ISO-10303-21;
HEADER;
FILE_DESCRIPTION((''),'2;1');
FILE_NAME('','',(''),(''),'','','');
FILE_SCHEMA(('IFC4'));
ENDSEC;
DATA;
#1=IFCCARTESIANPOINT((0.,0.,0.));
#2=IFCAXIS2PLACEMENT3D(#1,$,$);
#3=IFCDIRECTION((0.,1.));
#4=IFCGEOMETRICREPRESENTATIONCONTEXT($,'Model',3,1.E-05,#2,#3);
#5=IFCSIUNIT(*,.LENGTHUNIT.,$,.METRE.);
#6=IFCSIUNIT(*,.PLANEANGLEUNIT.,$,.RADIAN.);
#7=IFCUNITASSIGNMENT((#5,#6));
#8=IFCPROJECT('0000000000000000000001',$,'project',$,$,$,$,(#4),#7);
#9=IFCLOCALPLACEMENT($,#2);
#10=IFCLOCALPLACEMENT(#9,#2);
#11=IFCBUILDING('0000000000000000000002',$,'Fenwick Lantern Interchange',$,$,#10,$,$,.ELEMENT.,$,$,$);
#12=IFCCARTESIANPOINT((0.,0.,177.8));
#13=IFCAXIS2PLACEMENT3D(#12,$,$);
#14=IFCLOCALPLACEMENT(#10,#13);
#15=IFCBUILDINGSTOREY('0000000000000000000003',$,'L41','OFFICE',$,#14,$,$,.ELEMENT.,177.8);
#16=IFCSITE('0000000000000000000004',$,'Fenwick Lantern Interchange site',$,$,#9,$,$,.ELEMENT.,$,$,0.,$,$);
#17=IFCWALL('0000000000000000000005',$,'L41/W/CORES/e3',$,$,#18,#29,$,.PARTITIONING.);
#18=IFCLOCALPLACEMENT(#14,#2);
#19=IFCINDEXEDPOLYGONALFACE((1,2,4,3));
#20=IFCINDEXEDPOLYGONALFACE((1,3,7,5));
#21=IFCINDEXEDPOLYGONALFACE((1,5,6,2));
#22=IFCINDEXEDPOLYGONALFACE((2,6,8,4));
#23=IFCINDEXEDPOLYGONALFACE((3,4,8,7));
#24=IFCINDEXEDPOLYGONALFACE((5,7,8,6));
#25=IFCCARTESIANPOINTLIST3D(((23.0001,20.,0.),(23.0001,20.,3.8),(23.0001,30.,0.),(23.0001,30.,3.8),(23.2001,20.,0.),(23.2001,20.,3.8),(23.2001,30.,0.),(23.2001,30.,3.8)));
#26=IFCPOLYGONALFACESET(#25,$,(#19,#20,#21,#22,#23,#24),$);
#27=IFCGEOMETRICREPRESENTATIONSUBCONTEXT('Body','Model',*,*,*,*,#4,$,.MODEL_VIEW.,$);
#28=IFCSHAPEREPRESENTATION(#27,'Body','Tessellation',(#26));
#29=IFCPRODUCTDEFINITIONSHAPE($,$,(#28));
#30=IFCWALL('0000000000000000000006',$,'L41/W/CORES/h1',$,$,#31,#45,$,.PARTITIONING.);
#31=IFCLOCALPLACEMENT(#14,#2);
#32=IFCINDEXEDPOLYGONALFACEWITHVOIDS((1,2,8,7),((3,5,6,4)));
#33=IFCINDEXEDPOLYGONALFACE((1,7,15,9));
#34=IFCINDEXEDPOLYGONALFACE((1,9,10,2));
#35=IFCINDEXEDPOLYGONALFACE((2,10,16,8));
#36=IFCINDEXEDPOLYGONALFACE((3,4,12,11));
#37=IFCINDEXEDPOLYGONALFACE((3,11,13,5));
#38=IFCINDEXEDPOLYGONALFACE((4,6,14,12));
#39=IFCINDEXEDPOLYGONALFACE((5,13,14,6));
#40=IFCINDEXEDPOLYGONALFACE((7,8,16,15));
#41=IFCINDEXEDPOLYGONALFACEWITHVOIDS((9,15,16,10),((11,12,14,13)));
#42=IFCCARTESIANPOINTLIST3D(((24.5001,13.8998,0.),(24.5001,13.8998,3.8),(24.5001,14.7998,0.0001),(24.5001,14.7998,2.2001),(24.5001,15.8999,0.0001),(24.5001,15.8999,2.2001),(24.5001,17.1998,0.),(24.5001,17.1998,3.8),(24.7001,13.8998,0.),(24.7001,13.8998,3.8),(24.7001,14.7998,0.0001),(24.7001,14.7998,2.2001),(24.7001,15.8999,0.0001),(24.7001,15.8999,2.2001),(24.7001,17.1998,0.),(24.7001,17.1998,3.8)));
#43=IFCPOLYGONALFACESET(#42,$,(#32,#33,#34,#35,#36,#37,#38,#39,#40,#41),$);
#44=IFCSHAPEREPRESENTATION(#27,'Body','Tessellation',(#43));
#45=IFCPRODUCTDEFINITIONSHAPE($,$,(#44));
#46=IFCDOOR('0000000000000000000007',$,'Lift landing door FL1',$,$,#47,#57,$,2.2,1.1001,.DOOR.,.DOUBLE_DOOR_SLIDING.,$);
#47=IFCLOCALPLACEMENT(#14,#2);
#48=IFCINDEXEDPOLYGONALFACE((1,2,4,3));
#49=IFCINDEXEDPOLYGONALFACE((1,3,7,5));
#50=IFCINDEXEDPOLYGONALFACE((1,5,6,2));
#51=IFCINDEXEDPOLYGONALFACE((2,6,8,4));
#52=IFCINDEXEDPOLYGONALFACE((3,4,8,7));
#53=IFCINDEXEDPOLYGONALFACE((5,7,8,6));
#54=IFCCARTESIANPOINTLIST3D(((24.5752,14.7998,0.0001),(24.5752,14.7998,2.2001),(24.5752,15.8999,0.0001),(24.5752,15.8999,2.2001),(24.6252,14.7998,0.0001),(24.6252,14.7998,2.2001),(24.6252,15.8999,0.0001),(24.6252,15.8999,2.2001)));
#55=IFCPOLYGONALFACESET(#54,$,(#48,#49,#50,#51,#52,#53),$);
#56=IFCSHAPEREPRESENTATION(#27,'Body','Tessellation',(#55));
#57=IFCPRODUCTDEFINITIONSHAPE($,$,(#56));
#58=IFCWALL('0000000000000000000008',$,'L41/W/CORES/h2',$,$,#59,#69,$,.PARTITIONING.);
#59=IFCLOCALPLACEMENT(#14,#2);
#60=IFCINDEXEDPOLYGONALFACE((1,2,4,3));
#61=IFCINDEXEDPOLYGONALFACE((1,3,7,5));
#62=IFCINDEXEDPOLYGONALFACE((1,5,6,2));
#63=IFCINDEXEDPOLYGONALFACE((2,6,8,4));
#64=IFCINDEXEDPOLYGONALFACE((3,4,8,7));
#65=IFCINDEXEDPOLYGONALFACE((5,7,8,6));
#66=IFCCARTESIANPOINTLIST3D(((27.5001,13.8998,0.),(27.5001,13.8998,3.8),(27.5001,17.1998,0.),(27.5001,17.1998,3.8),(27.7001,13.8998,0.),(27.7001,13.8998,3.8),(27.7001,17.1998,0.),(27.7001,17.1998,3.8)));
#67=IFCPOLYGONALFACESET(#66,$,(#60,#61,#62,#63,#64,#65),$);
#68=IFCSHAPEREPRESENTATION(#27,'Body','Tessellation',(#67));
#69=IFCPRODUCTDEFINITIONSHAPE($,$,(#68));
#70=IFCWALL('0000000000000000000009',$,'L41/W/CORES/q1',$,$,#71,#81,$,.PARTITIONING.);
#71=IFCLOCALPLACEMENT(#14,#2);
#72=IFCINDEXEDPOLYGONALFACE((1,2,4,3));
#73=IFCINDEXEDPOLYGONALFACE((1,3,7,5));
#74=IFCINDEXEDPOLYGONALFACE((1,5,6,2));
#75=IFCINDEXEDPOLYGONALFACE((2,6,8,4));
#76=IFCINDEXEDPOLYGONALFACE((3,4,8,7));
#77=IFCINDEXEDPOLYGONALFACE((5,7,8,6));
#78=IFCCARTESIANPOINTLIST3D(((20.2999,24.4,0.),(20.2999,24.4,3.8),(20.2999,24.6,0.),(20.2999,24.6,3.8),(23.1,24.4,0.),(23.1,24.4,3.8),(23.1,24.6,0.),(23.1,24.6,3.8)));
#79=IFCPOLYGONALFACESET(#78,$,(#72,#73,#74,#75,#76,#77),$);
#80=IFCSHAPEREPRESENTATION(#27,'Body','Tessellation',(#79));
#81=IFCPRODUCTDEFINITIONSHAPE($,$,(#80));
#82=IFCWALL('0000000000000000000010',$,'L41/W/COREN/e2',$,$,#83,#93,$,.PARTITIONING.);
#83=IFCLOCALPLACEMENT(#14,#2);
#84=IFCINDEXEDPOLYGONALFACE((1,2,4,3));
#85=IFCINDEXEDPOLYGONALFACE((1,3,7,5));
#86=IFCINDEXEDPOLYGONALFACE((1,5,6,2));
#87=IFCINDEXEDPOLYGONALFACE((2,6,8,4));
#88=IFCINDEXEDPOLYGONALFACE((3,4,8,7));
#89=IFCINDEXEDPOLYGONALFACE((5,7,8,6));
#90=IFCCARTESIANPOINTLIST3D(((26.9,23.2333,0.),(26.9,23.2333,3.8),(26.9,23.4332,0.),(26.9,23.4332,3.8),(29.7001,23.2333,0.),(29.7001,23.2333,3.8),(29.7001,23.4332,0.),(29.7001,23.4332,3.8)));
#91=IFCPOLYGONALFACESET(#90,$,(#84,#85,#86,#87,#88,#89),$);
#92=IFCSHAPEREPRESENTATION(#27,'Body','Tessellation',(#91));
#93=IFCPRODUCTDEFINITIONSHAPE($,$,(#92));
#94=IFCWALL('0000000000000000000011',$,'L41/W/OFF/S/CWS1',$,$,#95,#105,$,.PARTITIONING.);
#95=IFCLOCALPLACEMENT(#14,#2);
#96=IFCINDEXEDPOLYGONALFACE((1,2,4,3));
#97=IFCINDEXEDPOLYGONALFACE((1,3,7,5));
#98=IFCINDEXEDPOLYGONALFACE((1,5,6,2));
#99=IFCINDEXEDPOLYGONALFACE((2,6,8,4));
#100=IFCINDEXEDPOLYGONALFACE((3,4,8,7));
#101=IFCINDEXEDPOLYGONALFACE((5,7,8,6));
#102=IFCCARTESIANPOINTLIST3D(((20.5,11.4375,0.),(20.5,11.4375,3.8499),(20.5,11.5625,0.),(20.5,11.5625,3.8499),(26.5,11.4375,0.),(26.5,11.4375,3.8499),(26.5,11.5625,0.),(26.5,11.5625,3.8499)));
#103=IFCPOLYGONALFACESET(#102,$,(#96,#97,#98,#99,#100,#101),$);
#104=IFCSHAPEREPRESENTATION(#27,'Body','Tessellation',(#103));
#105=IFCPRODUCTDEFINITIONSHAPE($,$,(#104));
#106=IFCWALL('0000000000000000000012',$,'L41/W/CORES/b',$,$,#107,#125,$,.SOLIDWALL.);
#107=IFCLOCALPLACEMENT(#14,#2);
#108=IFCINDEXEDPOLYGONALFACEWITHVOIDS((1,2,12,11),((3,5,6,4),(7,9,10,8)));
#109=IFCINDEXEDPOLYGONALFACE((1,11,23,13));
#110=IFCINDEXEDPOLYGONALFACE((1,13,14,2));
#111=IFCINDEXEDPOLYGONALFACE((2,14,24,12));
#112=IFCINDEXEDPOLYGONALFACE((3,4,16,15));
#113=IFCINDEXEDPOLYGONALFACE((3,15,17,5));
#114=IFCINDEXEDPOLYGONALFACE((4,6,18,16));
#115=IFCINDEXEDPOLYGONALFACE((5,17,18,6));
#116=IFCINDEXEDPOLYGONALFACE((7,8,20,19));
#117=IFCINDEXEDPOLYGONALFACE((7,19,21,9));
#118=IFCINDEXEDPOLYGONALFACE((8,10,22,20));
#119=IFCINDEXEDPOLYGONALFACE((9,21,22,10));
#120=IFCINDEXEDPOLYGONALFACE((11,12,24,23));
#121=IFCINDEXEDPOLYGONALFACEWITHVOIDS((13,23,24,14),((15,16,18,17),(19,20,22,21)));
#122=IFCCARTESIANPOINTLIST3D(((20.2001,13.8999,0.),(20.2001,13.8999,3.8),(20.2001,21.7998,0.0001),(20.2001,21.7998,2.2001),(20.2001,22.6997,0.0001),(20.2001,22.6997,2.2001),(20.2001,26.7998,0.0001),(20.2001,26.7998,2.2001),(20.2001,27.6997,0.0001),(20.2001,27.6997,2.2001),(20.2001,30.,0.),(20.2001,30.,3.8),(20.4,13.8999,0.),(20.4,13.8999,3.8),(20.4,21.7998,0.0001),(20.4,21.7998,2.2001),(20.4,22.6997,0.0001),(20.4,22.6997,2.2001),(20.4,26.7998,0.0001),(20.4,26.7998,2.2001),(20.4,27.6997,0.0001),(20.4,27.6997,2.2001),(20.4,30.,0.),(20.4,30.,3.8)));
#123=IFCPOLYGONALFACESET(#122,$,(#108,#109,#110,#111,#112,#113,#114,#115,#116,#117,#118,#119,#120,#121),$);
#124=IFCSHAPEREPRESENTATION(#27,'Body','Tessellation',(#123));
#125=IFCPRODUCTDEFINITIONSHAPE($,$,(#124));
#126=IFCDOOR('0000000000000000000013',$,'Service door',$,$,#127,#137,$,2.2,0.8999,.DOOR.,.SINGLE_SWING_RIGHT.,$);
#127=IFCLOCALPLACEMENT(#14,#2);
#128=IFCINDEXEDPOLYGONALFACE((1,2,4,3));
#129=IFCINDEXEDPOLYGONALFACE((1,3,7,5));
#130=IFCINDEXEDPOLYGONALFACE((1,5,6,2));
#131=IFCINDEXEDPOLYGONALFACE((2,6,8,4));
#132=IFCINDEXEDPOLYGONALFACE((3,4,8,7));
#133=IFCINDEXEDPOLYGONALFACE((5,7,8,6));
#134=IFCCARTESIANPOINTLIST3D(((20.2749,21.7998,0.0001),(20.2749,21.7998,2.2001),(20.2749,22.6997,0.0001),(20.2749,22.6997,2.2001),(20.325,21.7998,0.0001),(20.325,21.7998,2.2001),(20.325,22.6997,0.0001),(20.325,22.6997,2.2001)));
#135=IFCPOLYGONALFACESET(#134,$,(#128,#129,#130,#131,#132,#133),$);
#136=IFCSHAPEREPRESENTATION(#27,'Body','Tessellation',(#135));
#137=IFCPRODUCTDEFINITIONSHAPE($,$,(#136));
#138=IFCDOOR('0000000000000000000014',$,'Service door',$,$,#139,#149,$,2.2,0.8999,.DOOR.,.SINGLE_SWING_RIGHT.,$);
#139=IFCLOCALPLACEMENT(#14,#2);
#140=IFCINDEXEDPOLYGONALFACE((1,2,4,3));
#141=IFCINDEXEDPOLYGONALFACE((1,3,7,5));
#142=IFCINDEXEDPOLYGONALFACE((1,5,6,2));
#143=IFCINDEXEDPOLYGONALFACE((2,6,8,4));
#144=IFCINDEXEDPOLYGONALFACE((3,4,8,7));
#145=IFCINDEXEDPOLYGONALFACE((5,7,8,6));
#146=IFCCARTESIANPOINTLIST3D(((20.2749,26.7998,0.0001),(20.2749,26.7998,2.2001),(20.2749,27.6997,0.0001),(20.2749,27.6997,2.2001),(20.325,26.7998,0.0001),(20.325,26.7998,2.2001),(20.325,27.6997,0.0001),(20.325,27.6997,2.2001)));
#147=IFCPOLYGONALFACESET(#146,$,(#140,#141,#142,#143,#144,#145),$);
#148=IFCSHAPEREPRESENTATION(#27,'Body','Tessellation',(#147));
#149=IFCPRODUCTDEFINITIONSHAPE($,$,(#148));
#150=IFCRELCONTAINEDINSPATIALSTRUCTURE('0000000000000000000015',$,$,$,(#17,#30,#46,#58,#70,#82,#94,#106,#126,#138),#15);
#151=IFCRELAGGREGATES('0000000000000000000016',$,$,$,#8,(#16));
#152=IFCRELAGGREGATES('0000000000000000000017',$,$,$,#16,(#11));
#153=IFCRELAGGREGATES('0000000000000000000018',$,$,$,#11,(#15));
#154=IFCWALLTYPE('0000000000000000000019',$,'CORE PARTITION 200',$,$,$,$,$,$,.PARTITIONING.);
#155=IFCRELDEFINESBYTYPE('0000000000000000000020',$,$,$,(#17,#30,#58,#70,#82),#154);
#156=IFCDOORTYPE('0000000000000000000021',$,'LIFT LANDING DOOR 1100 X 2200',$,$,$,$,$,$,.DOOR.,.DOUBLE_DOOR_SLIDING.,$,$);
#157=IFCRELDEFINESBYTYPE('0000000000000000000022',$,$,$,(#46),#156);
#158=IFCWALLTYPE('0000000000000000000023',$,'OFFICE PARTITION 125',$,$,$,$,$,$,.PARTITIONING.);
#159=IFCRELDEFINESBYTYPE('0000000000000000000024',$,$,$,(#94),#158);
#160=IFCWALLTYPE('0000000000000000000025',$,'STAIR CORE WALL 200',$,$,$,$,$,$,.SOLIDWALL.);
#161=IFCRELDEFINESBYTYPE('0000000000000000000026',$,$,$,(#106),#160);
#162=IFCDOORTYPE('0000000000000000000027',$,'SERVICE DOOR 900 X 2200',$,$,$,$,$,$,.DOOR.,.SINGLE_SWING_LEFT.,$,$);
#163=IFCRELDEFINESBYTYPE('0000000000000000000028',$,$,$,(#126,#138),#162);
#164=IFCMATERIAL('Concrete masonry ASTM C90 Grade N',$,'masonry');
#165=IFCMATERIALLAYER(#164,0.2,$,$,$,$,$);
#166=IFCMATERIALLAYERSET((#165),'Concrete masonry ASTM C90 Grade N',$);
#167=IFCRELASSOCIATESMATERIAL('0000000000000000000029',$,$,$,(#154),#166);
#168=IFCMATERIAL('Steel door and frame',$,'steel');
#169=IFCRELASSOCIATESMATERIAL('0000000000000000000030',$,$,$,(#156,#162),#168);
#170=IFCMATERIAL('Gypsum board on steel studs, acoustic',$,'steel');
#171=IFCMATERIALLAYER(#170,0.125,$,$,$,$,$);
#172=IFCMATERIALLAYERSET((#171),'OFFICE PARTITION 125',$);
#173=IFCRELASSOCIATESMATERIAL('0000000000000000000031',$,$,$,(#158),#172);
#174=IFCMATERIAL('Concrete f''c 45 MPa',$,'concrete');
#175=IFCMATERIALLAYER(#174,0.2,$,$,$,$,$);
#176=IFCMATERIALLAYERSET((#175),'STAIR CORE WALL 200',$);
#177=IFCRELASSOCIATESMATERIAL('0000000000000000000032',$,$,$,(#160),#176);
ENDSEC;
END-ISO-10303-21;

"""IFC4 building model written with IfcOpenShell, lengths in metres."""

from ifc_helpers import new_model, si_unit, direction, frame, frame_2d, origin, place, context, subcontext, project, spatial, rectangle, extrude, material, layer, layer_set, type_object, element, fill, save


model = new_model("IFC4")

# Units and contexts
model_context = context("Model", 3, precision=1e-05, world=origin(), true_north=direction((0.0, 1.0)))
body_context = subcontext(model_context, "Body", "Model", "MODEL_VIEW")
ifc_project = project(units=[si_unit("LENGTHUNIT", "METRE"), si_unit("PLANEANGLEUNIT", "RADIAN")], contexts=[model_context])

# Site, building, storey
site_placement = place(None, origin())
site = spatial("IfcSite", under=ifc_project, at=site_placement, Name="Fenwick Lantern Interchange site", CompositionType="ELEMENT", RefElevation=0.0)
building_placement = place(site_placement, origin())
building = spatial("IfcBuilding", under=site, at=building_placement, Name="Fenwick Lantern Interchange", CompositionType="ELEMENT")
storey_placement = place(building_placement, frame((0.0, 0.0, 177.8)))
storey = spatial("IfcBuildingStorey", under=building, at=storey_placement, Name="L41", Description="OFFICE", CompositionType="ELEMENT", Elevation=177.8)

# Wall
ifc_material_1 = material(Name="Concrete masonry ASTM C90 Grade N", Category="masonry")
ifc_layer_1 = layer(ifc_material_1, 0.2)
ifc_layer_set_1 = layer_set([ifc_layer_1], Name="Concrete masonry ASTM C90 Grade N")
wall_type_1 = type_object("IfcWallType", Name="CORE PARTITION 200", PredefinedType="PARTITIONING", material=ifc_layer_set_1)
wall_1_placement = place(storey_placement, frame((23.1001, 20.0, 0.0), z_axis=(0.0, 0.0, 1.0), x_axis=(0.0, 1.0, 0.0)))
element("IfcWall", 1, at=wall_1_placement, inside=storey, type_object=wall_type_1, Name="L41/W/CORES/e3", PredefinedType="PARTITIONING", context=body_context, shape_type="SweptSolid", body=[
    extrude(rectangle(XDim=10.0, YDim=0.2, at=frame_2d((5.0, 0.0))), origin(), (0.0, 0.0, 1.0), 3.8),
])

# Wall, opening, door
wall_2_placement = place(storey_placement, frame((24.6001, 13.8999, 0.0), z_axis=(0.0, 0.0, 1.0), x_axis=(0.0, 1.0, 0.0)))
wall_2 = element("IfcWall", 2, at=wall_2_placement, inside=storey, type_object=wall_type_1, Name="L41/W/CORES/h1", PredefinedType="PARTITIONING", context=body_context, shape_type="SweptSolid", body=[
    extrude(rectangle(XDim=3.3, YDim=0.2, at=frame_2d((1.6499, 0.0))), origin(), (0.0, 0.0, 1.0), 3.8),
])
opening_1_placement = place(wall_2_placement, frame((0.8999, 0.0, 0.0)))
opening_1 = element("IfcOpeningElement", 3, at=opening_1_placement, cuts=wall_2, PredefinedType="OPENING", context=body_context, shape_type="SweptSolid", body=[
    extrude(rectangle(XDim=1.1001, YDim=2.2, at=frame_2d((0.55, 1.1001))), frame((0.0, 0.1099, 0.0), z_axis=(0.0, -1.0, 0.0), x_axis=(1.0, 0.0, 0.0)), (0.0, 0.0, 1.0), 0.22),
])
ifc_material_2 = material(Name="Steel door and frame", Category="steel")
door_type_1 = type_object("IfcDoorType", Name="LIFT LANDING DOOR 1100 X 2200", OperationType="DOUBLE_DOOR_SLIDING", PredefinedType="DOOR", material=ifc_material_2)
door_1_placement = place(opening_1_placement, origin())
door_1 = element("IfcDoor", 4, at=door_1_placement, inside=storey, type_object=door_type_1, Name="Lift landing door FL1", OperationType="DOUBLE_DOOR_SLIDING", OverallHeight=2.2, OverallWidth=1.1001, PredefinedType="DOOR", context=body_context, shape_type="SweptSolid", body=[
    extrude(rectangle(XDim=1.1001, YDim=2.2, at=frame_2d((0.55, 1.1001))), frame((0.0, 0.0249, 0.0), z_axis=(0.0, -1.0, 0.0), x_axis=(1.0, 0.0, 0.0)), (0.0, 0.0, 1.0), 0.05),
])
fill(opening_1, door_1)

# Walls
wall_3_placement = place(storey_placement, frame((27.6001, 13.8999, 0.0), z_axis=(0.0, 0.0, 1.0), x_axis=(0.0, 1.0, 0.0)))
element("IfcWall", 5, at=wall_3_placement, inside=storey, type_object=wall_type_1, Name="L41/W/CORES/h2", PredefinedType="PARTITIONING", context=body_context, shape_type="SweptSolid", body=[
    extrude(rectangle(XDim=3.3, YDim=0.2, at=frame_2d((1.6499, 0.0))), origin(), (0.0, 0.0, 1.0), 3.8),
])
for number, where, z_axis, x_axis, name in (
    (6, (20.3, 24.5, 0.0), (0.0, 0.0, 1.0), (1.0, 0.0, 0.0), "L41/W/CORES/q1"),
    (7, (29.7, 23.3333, 0.0), (0.0, 0.0, 1.0), (-1.0, 0.0, 0.0), "L41/W/COREN/e2"),
):
    element("IfcWall", number, at=place(storey_placement, frame(where, z_axis=z_axis, x_axis=x_axis)), inside=storey, type_object=wall_type_1, Name=name, PredefinedType="PARTITIONING", context=body_context, shape_type="SweptSolid", body=[
        extrude(rectangle(XDim=2.8, YDim=0.2, at=frame_2d((1.3999, 0.0))), origin(), (0.0, 0.0, 1.0), 3.8),
    ])
ifc_material_3 = material(Name="Gypsum board on steel studs, acoustic", Category="steel")
ifc_layer_2 = layer(ifc_material_3, 0.125)
ifc_layer_set_2 = layer_set([ifc_layer_2], Name="OFFICE PARTITION 125")
wall_type_2 = type_object("IfcWallType", Name="OFFICE PARTITION 125", PredefinedType="PARTITIONING", material=ifc_layer_set_2)
wall_4_placement = place(storey_placement, frame((20.5, 11.5, 0.0), z_axis=(0.0, 0.0, 1.0), x_axis=(1.0, 0.0, 0.0)))
element("IfcWall", 8, at=wall_4_placement, inside=storey, type_object=wall_type_2, Name="L41/W/OFF/S/CWS1", PredefinedType="PARTITIONING", context=body_context, shape_type="SweptSolid", body=[
    extrude(rectangle(XDim=6.0, YDim=0.125, at=frame_2d((3.0, 0.0))), origin(), (0.0, 0.0, 1.0), 3.8499),
])

# Wall, openings, doors
ifc_material_4 = material(Name="Concrete f'c 45 MPa", Category="concrete")
ifc_layer_3 = layer(ifc_material_4, 0.2)
ifc_layer_set_3 = layer_set([ifc_layer_3], Name="STAIR CORE WALL 200")
wall_type_3 = type_object("IfcWallType", Name="STAIR CORE WALL 200", PredefinedType="SOLIDWALL", material=ifc_layer_set_3)
wall_5_placement = place(storey_placement, frame((20.3, 13.8999, 0.0), z_axis=(0.0, 0.0, 1.0), x_axis=(0.0, 1.0, 0.0)))
wall_5 = element("IfcWall", 9, at=wall_5_placement, inside=storey, type_object=wall_type_3, Name="L41/W/CORES/b", PredefinedType="SOLIDWALL", context=body_context, shape_type="SweptSolid", body=[
    extrude(rectangle(XDim=16.1001, YDim=0.2, at=frame_2d((8.05, 0.0))), origin(), (0.0, 0.0, 1.0), 3.8),
])
opening_2_placement = place(wall_5_placement, frame((7.8999, 0.0, 0.0)))
opening_2 = element("IfcOpeningElement", 10, at=opening_2_placement, cuts=wall_5, PredefinedType="OPENING", context=body_context, shape_type="SweptSolid", body=[
    extrude(rectangle(XDim=0.8999, YDim=2.2, at=frame_2d((0.45, 1.1001))), frame((0.0, 0.1099, 0.0), z_axis=(0.0, -1.0, 0.0), x_axis=(1.0, 0.0, 0.0)), (0.0, 0.0, 1.0), 0.22),
])
opening_3_placement = place(wall_5_placement, frame((12.8999, 0.0, 0.0)))
opening_3 = element("IfcOpeningElement", 11, at=opening_3_placement, cuts=wall_5, PredefinedType="OPENING", context=body_context, shape_type="SweptSolid", body=[
    extrude(rectangle(XDim=0.8999, YDim=2.2, at=frame_2d((0.45, 1.1001))), frame((0.0, 0.1099, 0.0), z_axis=(0.0, -1.0, 0.0), x_axis=(1.0, 0.0, 0.0)), (0.0, 0.0, 1.0), 0.22),
])
door_type_2 = type_object("IfcDoorType", Name="SERVICE DOOR 900 X 2200", OperationType="SINGLE_SWING_LEFT", PredefinedType="DOOR", material=ifc_material_2)
door_2_placement = place(opening_2_placement, frame((0.8999, 0.0, 0.0), z_axis=(0.0, 0.0, 1.0), x_axis=(-1.0, 0.0, 0.0)))
door_2 = element("IfcDoor", 12, at=door_2_placement, inside=storey, type_object=door_type_2, Name="Service door", OperationType="SINGLE_SWING_RIGHT", OverallHeight=2.2, OverallWidth=0.8999, PredefinedType="DOOR", context=body_context, shape_type="SweptSolid", body=[
    extrude(rectangle(XDim=0.8999, YDim=2.2, at=frame_2d((0.45, 1.1001))), frame((0.0, 0.0249, 0.0), z_axis=(0.0, -1.0, 0.0), x_axis=(1.0, 0.0, 0.0)), (0.0, 0.0, 1.0), 0.05),
])
fill(opening_2, door_2)
door_3_placement = place(opening_3_placement, frame((0.8999, 0.0, 0.0), z_axis=(0.0, 0.0, 1.0), x_axis=(-1.0, 0.0, 0.0)))
door_3 = element("IfcDoor", 13, at=door_3_placement, inside=storey, type_object=door_type_2, Name="Service door", OperationType="SINGLE_SWING_RIGHT", OverallHeight=2.2, OverallWidth=0.8999, PredefinedType="DOOR", context=body_context, shape_type="SweptSolid", body=[
    extrude(rectangle(XDim=0.8999, YDim=2.2, at=frame_2d((0.45, 1.1001))), frame((0.0, 0.0249, 0.0), z_axis=(0.0, -1.0, 0.0), x_axis=(1.0, 0.0, 0.0)), (0.0, 0.0, 1.0), 0.05),
])
fill(opening_3, door_3)

save(model, "model.ifc")
